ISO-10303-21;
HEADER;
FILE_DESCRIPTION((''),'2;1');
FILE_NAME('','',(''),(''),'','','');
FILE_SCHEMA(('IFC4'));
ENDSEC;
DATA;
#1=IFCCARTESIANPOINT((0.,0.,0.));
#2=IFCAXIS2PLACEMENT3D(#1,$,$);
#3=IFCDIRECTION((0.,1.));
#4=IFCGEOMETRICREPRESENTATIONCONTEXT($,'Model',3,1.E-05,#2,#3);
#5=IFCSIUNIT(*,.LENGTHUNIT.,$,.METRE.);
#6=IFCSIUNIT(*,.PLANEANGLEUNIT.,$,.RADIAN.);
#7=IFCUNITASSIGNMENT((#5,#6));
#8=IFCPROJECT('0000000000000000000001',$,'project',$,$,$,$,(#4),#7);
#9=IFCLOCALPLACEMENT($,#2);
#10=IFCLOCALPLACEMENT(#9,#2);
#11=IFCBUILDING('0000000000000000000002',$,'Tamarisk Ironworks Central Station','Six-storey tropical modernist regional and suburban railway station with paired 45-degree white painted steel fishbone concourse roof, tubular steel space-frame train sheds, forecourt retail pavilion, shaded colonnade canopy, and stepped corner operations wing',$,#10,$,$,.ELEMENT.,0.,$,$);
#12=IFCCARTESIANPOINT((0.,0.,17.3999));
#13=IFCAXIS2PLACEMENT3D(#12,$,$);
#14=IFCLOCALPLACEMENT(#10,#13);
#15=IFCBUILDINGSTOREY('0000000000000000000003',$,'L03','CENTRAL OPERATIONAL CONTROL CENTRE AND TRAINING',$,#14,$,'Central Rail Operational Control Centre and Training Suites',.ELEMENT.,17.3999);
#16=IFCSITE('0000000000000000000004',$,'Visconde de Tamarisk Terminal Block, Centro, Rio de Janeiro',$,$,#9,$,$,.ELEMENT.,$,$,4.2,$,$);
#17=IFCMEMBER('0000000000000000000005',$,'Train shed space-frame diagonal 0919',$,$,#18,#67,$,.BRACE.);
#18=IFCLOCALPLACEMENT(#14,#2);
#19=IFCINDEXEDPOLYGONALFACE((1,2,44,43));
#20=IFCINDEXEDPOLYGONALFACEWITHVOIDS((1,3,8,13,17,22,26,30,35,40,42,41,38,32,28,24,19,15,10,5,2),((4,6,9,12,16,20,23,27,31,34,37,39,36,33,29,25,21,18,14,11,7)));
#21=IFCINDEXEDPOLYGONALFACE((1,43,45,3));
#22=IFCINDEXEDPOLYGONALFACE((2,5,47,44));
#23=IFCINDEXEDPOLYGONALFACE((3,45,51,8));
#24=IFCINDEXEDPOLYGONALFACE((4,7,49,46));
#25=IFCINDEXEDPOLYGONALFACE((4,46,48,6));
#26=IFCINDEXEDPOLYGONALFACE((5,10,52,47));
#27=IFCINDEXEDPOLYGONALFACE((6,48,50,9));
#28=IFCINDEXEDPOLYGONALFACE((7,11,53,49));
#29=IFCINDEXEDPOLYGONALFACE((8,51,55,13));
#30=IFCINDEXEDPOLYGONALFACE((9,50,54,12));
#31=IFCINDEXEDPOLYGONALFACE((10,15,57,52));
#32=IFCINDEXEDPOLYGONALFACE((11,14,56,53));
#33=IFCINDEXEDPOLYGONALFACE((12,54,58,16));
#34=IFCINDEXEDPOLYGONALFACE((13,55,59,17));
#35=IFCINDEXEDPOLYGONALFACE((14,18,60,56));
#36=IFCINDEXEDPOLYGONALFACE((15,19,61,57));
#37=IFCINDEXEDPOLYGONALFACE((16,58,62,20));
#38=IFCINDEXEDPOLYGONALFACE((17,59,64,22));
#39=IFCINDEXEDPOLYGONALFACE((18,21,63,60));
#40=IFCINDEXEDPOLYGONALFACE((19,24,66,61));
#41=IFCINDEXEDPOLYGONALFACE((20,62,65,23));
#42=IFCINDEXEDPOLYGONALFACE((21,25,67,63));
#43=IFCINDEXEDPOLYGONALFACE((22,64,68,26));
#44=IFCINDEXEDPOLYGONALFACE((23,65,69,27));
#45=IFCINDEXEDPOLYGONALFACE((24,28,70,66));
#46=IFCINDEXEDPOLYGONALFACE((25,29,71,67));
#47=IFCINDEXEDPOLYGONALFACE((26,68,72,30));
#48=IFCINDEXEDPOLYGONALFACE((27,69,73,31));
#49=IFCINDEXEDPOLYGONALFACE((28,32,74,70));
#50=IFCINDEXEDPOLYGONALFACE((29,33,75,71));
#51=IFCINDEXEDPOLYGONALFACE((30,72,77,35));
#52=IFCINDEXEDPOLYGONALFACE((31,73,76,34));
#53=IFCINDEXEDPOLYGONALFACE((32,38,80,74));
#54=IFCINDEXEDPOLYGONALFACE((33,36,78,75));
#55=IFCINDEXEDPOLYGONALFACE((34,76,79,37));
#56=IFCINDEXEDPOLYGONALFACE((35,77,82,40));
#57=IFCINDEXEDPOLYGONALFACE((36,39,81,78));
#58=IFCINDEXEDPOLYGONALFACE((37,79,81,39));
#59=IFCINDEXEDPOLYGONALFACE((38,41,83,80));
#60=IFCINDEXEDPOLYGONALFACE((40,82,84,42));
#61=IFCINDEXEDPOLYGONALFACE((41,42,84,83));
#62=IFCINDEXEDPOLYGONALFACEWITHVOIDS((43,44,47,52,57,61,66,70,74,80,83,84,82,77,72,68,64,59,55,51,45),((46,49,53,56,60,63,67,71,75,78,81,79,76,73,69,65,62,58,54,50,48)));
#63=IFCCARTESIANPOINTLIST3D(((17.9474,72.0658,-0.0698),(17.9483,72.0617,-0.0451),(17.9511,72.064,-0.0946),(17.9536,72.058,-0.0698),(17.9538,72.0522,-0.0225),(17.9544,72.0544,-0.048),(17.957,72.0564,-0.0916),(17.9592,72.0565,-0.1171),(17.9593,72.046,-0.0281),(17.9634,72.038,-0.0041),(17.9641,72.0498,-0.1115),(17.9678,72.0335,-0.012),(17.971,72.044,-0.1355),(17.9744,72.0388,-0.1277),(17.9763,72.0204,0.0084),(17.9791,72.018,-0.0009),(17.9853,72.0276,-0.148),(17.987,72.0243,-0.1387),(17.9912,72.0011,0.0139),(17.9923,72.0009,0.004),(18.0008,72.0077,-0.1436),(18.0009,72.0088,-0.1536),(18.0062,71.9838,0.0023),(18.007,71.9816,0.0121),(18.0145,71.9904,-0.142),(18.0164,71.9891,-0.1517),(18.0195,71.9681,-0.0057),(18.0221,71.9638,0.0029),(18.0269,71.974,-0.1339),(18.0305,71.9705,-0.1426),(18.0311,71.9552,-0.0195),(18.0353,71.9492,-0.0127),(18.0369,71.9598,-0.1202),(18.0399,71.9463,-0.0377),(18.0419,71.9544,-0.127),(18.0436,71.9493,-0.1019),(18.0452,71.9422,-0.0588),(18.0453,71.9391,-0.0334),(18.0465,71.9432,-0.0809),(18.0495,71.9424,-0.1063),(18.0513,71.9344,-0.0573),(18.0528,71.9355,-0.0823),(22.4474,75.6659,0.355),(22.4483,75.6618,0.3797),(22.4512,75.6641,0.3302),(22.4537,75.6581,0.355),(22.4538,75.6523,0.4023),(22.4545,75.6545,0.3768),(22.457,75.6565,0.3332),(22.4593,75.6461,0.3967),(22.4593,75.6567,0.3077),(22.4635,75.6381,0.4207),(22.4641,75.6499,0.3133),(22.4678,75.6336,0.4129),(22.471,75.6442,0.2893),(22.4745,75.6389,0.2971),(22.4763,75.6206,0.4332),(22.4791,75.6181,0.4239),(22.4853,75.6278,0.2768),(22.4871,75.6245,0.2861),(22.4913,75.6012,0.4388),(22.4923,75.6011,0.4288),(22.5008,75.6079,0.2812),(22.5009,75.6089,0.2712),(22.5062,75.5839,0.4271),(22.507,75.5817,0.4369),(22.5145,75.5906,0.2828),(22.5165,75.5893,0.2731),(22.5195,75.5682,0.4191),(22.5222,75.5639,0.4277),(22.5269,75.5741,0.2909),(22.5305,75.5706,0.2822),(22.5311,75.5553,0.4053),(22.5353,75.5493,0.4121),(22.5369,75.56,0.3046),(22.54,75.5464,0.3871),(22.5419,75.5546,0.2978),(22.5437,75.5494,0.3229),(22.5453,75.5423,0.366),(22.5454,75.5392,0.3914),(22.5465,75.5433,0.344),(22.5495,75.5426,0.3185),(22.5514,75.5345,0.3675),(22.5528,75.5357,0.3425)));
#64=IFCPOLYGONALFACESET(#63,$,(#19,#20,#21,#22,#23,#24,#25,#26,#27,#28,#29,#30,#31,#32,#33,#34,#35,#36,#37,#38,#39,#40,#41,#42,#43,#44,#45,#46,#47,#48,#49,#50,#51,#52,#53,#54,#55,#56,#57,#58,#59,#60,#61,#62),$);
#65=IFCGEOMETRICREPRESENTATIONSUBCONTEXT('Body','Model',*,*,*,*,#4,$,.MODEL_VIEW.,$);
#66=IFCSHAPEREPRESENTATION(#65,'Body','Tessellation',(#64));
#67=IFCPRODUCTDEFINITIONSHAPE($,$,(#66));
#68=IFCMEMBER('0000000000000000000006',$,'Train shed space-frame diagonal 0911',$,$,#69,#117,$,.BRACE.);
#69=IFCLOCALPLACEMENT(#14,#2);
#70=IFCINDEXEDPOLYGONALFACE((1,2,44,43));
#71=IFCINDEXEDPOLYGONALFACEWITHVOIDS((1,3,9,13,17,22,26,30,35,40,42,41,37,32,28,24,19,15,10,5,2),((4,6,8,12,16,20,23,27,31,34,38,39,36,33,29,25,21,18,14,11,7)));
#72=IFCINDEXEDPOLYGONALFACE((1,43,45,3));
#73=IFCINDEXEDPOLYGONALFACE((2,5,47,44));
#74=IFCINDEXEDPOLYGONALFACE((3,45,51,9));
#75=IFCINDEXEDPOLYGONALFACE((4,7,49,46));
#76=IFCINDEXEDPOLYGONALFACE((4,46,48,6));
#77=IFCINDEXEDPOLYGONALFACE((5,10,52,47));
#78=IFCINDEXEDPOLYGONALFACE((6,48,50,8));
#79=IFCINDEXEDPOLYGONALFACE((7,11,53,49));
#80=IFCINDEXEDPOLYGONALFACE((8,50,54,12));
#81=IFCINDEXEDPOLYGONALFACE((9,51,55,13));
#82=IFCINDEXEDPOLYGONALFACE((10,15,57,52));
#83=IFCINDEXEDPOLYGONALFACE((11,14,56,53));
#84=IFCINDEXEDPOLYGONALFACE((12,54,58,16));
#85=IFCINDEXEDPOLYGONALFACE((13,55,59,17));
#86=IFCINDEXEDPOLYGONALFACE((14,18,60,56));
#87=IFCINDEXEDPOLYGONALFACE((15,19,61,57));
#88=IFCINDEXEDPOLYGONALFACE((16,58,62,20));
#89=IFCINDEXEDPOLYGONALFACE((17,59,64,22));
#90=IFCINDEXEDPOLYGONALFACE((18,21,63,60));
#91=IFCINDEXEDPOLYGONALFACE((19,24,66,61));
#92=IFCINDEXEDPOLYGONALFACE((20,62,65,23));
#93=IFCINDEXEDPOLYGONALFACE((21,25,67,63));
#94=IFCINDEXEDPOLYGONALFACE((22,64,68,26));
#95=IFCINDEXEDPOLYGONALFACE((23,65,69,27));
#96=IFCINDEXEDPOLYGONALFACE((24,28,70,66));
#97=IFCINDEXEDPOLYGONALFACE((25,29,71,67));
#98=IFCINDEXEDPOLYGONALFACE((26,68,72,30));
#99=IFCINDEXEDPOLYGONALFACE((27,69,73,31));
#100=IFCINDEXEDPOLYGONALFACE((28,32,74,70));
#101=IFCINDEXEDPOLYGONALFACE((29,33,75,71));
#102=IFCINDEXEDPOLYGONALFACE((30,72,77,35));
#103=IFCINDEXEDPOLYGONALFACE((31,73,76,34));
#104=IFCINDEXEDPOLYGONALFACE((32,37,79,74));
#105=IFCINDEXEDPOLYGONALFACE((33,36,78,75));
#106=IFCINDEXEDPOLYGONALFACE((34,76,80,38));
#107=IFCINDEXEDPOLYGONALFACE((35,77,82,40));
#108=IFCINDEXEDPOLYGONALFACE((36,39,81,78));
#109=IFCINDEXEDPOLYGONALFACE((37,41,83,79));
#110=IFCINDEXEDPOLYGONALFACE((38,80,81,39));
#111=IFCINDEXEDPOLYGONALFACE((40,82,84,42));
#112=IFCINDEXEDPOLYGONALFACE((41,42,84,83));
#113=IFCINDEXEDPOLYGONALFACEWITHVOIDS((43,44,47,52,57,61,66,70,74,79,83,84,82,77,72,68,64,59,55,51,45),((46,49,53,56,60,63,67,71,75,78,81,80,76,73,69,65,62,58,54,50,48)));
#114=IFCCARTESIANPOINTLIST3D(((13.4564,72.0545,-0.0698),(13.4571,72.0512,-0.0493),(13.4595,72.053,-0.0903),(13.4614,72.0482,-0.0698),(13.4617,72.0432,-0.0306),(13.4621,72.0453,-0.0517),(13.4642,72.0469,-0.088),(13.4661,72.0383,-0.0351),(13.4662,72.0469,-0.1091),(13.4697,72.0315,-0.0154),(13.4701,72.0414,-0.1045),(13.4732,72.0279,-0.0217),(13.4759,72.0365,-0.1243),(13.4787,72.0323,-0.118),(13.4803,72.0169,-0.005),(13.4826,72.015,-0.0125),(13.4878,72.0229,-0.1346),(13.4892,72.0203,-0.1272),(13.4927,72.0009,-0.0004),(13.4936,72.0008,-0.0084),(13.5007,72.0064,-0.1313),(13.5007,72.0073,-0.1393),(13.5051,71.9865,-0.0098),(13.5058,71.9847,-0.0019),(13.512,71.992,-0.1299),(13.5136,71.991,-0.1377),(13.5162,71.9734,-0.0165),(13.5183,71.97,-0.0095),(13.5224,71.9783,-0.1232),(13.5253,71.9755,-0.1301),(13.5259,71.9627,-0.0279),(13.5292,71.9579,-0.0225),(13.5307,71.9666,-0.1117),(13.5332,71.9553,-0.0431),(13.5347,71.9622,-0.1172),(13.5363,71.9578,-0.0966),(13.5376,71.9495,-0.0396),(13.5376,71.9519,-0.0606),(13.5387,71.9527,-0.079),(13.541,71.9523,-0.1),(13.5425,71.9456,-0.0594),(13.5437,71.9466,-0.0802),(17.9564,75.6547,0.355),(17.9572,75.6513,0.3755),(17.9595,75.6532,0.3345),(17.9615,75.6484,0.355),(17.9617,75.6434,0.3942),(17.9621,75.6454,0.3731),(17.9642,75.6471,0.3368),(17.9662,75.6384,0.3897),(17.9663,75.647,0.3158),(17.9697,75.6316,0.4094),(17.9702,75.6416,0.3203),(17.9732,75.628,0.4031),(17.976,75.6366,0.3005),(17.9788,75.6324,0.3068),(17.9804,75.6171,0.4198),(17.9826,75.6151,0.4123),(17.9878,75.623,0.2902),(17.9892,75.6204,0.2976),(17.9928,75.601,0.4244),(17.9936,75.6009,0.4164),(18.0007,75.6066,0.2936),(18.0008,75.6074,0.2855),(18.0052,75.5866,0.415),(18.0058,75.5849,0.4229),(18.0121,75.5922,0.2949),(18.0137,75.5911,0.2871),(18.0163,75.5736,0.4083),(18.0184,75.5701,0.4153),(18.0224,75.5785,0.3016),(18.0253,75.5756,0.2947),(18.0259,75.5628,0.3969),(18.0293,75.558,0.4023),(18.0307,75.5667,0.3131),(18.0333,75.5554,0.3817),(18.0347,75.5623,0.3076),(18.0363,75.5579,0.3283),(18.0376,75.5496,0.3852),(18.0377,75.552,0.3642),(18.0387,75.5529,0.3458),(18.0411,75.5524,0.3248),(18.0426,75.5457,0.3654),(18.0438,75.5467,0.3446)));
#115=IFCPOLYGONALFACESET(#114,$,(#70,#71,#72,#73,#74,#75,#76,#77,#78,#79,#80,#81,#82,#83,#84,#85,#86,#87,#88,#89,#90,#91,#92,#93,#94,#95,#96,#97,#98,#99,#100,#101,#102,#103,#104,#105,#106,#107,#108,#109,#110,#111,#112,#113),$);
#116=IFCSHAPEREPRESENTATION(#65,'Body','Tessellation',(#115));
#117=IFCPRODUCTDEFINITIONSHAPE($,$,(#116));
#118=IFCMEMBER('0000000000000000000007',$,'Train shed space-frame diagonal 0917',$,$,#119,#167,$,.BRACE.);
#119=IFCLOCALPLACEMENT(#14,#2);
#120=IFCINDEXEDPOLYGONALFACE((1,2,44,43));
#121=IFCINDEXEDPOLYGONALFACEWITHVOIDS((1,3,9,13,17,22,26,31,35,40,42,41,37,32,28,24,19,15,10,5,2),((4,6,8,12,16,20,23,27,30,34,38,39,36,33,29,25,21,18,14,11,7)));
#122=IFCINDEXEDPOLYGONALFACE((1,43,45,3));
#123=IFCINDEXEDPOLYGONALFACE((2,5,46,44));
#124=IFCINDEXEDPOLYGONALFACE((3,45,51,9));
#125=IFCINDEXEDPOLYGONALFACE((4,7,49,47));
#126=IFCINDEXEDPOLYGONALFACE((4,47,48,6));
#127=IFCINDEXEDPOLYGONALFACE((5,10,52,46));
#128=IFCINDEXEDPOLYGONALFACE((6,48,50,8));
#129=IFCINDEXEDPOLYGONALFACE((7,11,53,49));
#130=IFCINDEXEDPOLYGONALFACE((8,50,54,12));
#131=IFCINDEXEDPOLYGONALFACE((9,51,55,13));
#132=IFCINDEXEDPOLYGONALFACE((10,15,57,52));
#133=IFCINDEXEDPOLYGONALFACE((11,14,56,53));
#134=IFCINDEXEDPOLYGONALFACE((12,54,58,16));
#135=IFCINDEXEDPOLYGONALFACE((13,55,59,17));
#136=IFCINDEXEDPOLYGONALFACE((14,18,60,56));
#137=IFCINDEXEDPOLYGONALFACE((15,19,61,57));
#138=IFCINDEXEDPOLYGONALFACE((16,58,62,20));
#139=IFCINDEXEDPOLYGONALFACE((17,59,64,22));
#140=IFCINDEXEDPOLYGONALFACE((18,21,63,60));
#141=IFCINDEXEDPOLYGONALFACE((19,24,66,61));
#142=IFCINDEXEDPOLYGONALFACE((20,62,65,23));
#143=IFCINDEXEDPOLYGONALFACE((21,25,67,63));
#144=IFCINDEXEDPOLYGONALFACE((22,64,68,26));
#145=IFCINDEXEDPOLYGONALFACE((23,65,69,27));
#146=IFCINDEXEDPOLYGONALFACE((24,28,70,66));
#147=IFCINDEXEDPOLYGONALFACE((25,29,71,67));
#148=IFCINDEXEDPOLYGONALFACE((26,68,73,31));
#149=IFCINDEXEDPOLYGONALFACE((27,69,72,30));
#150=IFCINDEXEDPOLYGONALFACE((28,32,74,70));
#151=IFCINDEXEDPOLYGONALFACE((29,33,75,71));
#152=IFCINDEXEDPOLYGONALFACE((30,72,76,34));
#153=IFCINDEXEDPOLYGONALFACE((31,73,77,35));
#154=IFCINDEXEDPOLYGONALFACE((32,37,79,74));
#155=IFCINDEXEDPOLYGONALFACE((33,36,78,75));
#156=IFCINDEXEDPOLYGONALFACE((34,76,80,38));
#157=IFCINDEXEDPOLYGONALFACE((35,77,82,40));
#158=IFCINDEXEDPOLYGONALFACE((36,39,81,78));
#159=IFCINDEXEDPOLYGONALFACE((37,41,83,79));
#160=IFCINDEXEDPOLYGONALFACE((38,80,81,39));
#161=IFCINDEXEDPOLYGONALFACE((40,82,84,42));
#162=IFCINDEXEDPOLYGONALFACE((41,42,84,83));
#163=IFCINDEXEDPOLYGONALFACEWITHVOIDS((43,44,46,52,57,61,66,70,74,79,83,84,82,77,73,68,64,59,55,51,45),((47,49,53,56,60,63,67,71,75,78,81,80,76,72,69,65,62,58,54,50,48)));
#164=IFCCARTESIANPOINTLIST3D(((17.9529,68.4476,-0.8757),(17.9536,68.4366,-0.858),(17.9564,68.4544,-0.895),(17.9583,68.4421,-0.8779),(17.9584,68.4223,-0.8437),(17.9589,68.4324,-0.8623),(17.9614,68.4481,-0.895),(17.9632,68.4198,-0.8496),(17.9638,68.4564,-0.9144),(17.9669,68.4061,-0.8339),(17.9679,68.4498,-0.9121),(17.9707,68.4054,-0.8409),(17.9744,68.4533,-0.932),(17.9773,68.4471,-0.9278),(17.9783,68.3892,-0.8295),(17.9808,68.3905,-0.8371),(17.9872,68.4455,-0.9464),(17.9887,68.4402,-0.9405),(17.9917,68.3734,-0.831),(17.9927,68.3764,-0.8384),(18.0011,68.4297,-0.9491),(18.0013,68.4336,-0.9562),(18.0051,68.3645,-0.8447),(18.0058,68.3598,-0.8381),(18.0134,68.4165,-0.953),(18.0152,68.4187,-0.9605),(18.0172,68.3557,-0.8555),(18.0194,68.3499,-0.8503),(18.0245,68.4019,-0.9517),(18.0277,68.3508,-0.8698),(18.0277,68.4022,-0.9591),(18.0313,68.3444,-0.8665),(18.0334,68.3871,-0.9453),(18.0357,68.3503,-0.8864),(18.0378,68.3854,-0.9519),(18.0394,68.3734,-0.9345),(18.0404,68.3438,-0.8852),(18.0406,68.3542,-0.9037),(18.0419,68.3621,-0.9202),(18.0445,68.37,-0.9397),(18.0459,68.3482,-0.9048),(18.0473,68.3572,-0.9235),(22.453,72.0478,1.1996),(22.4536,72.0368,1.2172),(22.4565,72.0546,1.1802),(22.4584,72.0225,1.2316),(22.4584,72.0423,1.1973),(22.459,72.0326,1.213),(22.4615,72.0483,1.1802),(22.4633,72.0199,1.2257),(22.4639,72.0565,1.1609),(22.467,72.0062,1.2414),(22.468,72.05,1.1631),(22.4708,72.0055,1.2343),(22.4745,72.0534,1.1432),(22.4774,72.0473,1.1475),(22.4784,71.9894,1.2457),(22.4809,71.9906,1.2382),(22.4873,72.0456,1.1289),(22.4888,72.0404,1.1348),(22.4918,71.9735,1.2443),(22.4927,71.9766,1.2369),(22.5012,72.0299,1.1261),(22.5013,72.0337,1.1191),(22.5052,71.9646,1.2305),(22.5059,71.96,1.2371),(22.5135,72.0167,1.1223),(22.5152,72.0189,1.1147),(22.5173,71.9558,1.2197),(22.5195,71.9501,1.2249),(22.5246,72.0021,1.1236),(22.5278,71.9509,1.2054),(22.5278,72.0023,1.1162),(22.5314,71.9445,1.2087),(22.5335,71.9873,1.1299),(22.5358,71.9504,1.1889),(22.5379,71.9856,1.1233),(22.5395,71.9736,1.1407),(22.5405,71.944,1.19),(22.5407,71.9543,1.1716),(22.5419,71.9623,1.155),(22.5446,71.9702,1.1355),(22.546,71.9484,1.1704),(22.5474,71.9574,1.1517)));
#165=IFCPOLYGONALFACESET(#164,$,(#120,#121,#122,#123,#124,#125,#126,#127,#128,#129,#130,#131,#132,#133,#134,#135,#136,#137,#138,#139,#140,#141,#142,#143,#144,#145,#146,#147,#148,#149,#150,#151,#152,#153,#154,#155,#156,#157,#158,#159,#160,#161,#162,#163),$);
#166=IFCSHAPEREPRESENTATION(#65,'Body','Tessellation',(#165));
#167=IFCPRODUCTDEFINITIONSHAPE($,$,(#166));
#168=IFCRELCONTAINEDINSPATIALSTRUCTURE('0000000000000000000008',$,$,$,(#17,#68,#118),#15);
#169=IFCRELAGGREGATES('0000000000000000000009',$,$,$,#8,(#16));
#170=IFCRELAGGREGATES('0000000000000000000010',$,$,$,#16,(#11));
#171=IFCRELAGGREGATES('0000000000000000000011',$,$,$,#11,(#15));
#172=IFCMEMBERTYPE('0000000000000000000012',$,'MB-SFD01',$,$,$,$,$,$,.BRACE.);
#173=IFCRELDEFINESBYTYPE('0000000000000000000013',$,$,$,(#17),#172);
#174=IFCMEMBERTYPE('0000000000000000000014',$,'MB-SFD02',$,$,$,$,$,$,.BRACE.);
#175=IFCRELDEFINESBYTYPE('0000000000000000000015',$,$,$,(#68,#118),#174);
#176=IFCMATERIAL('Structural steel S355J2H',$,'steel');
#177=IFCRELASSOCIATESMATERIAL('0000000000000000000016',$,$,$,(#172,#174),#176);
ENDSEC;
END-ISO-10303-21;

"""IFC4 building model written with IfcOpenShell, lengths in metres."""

from ifc_helpers import new_model, si_unit, direction, frame, origin, origin_2d, place, context, subcontext, project, spatial, hollow_circle, extrude, material, material_profile, profile_set, type_object, element, save


model = new_model("IFC4")

# Units and contexts
model_context = context("Model", 3, precision=1e-05, world=origin(), true_north=direction((0.0, 1.0)))
body_context = subcontext(model_context, "Body", "Model", "MODEL_VIEW")
ifc_project = project(units=[si_unit("LENGTHUNIT", "METRE"), si_unit("PLANEANGLEUNIT", "RADIAN")], contexts=[model_context])

# Site, building, storey
site_placement = place(None, origin())
site = spatial("IfcSite", under=ifc_project, at=site_placement, Name="Visconde de Tamarisk Terminal Block, Centro, Rio de Janeiro", CompositionType="ELEMENT", RefElevation=4.2)
building_placement = place(site_placement, origin())
building = spatial("IfcBuilding", under=site, at=building_placement, Name="Tamarisk Ironworks Central Station", Description="Six-storey tropical modernist regional and suburban railway station with paired 45-degree white painted steel fishbone concourse roof, tubular steel space-frame train sheds, forecourt retail pavilion, shaded colonnade canopy, and stepped corner operations wing", CompositionType="ELEMENT", ElevationOfRefHeight=0.0)
storey_placement = place(building_placement, frame((0.0, 0.0, 17.3999)))
storey = spatial("IfcBuildingStorey", under=building, at=storey_placement, Name="L03", Description="CENTRAL OPERATIONAL CONTROL CENTRE AND TRAINING", LongName="Central Rail Operational Control Centre and Training Suites", CompositionType="ELEMENT", Elevation=17.3999)

# Members
ifc_material = material(Name="Structural steel S355J2H", Category="steel")
ifc_material_profile_1 = material_profile(ifc_material, hollow_circle(Radius=0.0842, WallThickness=0.01, at=origin_2d()), Name="CHS 168.3x10")
ifc_profile_set_1 = profile_set([ifc_material_profile_1], Name="Structural steel S355J2H")
member_type_1 = type_object("IfcMemberType", Name="MB-SFD01", PredefinedType="BRACE", material=ifc_profile_set_1)
member_1_placement = place(storey_placement, frame((18.0, 72.0, -0.0698), z_axis=(0.778748, 0.623015, 0.073515), x_axis=(-0.624705, 0.780861, 0.0)))
element("IfcMember", 1, at=member_1_placement, inside=storey, type_object=member_type_1, Name="Train shed space-frame diagonal 0919", PredefinedType="BRACE", context=body_context, shape_type="SweptSolid", body=[
    extrude(hollow_circle(Radius=0.0842, WallThickness=0.01, at=origin_2d()), origin(), (0.0, 0.0, 1.0), 5.7786),
])
ifc_material_profile_2 = material_profile(ifc_material, hollow_circle(Radius=0.0698, WallThickness=0.0081, at=origin_2d()), Name="CHS 139.7x8")
ifc_profile_set_2 = profile_set([ifc_material_profile_2], Name="Structural steel S355J2H")
member_type_2 = type_object("IfcMemberType", Name="MB-SFD02", PredefinedType="BRACE", material=ifc_profile_set_2)
member_2_placement = place(storey_placement, frame((13.5, 72.0, -0.0698), z_axis=(0.778748, 0.623015, 0.073515), x_axis=(-0.624705, 0.780861, 0.0)))
element("IfcMember", 2, at=member_2_placement, inside=storey, type_object=member_type_2, Name="Train shed space-frame diagonal 0911", PredefinedType="BRACE", context=body_context, shape_type="SweptSolid", body=[
    extrude(hollow_circle(Radius=0.0698, WallThickness=0.0081, at=origin_2d()), origin(), (0.0, 0.0, 1.0), 5.7786),
])
member_3_placement = place(storey_placement, frame((18.0, 68.3999, -0.895), z_axis=(0.734679, 0.587759, 0.338801), x_axis=(-0.624705, 0.780861, 0.0)))
element("IfcMember", 3, at=member_3_placement, inside=storey, type_object=member_type_2, Name="Train shed space-frame diagonal 0917", PredefinedType="BRACE", context=body_context, shape_type="SweptSolid", body=[
    extrude(hollow_circle(Radius=0.0698, WallThickness=0.0081, at=origin_2d()), origin(), (0.0, 0.0, 1.0), 6.1252),
])

save(model, "model.ifc")
